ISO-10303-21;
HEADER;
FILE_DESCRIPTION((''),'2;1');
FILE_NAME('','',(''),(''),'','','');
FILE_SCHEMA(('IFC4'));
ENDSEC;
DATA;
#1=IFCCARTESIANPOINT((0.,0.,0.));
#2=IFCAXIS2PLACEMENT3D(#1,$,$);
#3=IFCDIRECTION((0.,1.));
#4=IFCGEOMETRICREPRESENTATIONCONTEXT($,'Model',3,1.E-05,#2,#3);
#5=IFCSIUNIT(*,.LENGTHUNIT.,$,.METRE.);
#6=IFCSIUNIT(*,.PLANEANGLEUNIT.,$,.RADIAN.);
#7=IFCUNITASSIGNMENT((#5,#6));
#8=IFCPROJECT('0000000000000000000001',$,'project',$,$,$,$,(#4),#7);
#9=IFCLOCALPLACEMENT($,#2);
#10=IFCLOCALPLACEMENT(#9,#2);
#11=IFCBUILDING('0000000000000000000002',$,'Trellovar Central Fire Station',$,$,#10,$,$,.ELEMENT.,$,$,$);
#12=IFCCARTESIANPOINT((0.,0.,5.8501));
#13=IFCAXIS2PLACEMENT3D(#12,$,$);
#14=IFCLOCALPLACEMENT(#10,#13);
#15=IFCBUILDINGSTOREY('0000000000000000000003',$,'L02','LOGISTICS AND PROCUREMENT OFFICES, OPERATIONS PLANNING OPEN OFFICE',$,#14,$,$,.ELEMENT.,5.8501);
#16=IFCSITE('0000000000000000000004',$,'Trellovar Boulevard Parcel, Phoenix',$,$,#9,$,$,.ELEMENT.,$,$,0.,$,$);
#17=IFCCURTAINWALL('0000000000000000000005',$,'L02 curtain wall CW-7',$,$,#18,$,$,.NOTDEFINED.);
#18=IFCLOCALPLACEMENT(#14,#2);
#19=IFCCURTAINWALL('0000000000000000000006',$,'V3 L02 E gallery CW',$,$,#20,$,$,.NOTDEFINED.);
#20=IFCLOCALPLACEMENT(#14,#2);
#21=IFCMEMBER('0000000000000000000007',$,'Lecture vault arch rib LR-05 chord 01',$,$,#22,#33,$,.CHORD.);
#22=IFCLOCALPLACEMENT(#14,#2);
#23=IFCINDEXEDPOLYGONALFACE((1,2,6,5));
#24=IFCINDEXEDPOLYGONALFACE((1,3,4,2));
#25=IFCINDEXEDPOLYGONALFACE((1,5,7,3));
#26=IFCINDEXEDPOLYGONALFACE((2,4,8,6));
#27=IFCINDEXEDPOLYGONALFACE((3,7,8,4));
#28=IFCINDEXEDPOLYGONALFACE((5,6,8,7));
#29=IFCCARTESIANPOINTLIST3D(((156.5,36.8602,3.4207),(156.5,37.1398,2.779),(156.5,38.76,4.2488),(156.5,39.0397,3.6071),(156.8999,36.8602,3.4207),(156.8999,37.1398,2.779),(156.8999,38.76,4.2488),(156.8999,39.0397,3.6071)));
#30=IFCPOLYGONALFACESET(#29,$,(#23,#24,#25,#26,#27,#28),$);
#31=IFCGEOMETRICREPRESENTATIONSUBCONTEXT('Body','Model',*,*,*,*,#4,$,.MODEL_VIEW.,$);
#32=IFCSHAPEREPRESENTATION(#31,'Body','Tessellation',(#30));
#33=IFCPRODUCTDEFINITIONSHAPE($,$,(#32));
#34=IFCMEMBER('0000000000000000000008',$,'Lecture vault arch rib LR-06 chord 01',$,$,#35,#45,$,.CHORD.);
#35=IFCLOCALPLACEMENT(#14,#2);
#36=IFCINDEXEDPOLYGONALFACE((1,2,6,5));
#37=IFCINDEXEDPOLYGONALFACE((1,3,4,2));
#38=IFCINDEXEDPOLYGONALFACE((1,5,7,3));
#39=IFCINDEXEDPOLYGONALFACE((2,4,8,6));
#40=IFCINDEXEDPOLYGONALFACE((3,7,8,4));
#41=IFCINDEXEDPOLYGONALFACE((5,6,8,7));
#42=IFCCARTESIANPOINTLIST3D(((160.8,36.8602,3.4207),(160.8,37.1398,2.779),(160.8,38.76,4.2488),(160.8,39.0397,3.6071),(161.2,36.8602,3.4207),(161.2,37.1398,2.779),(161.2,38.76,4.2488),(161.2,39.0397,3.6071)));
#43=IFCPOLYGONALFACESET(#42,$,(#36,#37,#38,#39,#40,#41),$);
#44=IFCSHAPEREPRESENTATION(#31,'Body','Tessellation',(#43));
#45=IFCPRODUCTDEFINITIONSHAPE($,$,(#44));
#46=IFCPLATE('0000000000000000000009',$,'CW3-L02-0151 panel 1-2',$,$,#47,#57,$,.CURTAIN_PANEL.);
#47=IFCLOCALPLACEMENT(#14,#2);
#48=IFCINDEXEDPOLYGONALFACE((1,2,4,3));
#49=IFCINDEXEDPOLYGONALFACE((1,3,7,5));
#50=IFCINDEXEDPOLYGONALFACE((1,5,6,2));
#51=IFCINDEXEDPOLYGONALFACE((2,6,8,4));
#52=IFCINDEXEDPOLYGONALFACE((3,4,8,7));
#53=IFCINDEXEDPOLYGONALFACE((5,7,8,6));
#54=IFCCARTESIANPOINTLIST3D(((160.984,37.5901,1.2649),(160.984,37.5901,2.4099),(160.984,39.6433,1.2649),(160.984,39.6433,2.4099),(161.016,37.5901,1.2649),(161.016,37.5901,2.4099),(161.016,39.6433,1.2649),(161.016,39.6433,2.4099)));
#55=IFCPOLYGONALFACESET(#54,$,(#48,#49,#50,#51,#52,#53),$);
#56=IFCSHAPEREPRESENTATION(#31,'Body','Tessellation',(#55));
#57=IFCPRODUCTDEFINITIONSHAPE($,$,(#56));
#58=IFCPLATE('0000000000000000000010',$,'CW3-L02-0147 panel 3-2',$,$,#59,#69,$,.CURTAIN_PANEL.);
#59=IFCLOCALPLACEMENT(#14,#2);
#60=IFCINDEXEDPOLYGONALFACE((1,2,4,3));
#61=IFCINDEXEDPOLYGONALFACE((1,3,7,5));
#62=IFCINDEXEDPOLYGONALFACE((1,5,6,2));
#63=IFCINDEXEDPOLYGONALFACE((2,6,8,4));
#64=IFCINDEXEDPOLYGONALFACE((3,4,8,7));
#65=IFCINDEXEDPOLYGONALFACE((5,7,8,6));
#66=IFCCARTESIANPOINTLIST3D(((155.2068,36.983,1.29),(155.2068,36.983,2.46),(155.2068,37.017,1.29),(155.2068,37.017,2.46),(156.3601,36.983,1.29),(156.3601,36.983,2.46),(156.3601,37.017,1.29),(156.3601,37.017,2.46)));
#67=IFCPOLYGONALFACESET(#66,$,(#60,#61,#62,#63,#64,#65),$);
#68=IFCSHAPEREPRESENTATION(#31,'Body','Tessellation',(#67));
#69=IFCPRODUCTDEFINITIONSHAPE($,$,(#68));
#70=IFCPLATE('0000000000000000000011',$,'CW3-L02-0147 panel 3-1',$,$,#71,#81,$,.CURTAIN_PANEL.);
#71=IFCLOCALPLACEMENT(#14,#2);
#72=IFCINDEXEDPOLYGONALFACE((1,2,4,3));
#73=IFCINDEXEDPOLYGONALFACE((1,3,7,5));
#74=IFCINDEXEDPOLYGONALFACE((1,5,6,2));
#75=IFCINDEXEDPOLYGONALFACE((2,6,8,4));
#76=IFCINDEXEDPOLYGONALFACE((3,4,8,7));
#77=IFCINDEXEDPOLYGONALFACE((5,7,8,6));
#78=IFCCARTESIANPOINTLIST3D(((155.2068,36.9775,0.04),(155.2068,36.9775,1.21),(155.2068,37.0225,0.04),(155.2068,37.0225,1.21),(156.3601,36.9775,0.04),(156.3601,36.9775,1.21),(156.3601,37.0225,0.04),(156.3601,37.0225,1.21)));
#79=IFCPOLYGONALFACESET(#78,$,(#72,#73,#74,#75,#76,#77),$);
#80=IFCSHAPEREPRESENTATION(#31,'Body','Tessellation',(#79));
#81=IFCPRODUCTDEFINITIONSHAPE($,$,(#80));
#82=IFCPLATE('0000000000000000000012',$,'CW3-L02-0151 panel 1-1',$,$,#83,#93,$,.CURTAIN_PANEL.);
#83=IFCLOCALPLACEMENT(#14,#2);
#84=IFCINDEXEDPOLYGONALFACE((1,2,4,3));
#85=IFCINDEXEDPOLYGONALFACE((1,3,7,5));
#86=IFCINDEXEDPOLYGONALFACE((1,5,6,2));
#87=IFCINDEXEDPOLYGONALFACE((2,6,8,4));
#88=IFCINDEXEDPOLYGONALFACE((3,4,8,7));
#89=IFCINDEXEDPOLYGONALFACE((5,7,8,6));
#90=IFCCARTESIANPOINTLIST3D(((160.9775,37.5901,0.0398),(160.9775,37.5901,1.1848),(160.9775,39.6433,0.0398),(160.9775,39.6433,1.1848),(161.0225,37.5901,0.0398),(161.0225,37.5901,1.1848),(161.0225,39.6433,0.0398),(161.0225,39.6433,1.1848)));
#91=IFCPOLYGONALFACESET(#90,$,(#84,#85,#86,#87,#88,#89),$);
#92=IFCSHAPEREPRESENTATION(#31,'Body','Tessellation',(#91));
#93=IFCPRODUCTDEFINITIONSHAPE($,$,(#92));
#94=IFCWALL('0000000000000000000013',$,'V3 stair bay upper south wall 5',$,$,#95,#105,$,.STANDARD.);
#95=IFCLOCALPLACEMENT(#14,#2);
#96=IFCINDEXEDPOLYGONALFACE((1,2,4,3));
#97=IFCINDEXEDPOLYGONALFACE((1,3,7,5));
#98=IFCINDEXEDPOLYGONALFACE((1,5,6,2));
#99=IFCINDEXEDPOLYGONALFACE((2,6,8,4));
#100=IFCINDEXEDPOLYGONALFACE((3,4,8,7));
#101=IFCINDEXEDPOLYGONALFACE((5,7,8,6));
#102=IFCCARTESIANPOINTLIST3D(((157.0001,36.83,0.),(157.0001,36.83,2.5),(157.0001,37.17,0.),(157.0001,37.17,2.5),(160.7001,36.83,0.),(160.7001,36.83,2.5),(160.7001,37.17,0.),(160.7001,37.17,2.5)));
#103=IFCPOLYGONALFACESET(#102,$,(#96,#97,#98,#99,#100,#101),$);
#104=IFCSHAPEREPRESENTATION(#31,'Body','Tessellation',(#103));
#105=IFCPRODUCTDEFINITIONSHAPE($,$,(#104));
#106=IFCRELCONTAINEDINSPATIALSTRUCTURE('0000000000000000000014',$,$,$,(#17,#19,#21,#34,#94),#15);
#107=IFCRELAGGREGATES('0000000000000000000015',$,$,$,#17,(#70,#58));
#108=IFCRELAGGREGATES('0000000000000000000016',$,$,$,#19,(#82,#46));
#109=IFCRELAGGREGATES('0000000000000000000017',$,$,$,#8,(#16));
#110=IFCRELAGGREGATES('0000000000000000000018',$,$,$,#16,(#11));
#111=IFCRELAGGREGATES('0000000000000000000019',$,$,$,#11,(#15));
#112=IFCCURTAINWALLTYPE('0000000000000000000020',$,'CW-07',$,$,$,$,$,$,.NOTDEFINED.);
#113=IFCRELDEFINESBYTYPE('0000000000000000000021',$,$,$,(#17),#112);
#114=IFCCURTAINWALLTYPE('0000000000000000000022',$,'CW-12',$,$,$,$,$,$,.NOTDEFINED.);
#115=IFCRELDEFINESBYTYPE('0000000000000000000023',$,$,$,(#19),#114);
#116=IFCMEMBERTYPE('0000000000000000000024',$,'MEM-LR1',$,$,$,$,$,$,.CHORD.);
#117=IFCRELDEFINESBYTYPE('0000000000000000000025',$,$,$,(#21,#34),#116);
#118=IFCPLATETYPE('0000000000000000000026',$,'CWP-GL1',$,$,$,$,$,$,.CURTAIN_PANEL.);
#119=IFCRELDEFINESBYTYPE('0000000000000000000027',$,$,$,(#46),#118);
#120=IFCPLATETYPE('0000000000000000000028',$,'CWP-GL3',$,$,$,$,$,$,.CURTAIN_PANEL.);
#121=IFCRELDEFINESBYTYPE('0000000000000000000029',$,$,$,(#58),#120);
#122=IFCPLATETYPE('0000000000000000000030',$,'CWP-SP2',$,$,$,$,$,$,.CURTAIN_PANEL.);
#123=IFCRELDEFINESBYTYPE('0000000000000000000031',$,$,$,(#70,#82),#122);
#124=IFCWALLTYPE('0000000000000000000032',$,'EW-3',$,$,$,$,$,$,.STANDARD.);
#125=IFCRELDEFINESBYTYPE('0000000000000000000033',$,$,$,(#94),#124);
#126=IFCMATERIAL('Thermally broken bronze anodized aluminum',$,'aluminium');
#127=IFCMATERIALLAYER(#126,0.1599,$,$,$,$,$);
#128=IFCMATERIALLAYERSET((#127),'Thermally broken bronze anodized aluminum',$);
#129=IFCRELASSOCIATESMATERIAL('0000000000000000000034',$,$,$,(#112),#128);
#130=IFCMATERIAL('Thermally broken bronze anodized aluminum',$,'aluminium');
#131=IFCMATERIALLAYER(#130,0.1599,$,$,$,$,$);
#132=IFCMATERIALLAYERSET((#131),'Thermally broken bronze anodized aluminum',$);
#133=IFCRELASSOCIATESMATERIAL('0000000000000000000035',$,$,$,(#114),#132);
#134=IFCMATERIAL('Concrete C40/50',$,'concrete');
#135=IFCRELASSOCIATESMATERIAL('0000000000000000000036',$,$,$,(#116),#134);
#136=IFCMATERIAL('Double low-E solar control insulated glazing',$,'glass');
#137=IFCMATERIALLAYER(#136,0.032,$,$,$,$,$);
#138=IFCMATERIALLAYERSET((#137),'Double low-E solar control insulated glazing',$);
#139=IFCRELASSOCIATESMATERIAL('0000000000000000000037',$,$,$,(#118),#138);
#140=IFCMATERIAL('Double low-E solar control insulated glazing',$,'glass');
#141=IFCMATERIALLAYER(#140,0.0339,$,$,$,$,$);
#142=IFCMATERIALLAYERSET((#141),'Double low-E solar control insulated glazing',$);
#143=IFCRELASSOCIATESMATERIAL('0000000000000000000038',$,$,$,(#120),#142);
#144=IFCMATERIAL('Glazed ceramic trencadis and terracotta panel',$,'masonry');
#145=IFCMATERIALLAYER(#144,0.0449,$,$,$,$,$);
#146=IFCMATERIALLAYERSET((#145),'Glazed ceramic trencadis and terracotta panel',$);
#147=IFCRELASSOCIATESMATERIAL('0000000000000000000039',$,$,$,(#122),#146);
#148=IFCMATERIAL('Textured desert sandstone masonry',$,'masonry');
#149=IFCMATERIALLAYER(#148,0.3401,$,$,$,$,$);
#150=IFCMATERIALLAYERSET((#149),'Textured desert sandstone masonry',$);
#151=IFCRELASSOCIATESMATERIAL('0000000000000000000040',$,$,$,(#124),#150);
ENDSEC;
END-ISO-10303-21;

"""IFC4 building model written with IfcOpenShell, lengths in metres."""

from ifc_helpers import new_model, si_unit, direction, frame, frame_2d, origin, origin_2d, place, context, subcontext, project, spatial, rectangle, extrude, material, layer, layer_set, material_profile, profile_set, type_object, element, aggregate, save


model = new_model("IFC4")

# Units and contexts
model_context = context("Model", 3, precision=1e-05, world=origin(), true_north=direction((0.0, 1.0)))
body_context = subcontext(model_context, "Body", "Model", "MODEL_VIEW")
ifc_project = project(units=[si_unit("LENGTHUNIT", "METRE"), si_unit("PLANEANGLEUNIT", "RADIAN")], contexts=[model_context])

# Site, building, storey
site_placement = place(None, origin())
site = spatial("IfcSite", under=ifc_project, at=site_placement, Name="Trellovar Boulevard Parcel, Phoenix", CompositionType="ELEMENT", RefElevation=0.0)
building_placement = place(site_placement, origin())
building = spatial("IfcBuilding", under=site, at=building_placement, Name="Trellovar Central Fire Station", CompositionType="ELEMENT")
storey_placement = place(building_placement, frame((0.0, 0.0, 5.8501)))
storey = spatial("IfcBuildingStorey", under=building, at=storey_placement, Name="L02", Description="LOGISTICS AND PROCUREMENT OFFICES, OPERATIONS PLANNING OPEN OFFICE", CompositionType="ELEMENT", Elevation=5.8501)

# Curtain wall
ifc_material_1 = material(Name="Thermally broken bronze anodized aluminum", Category="aluminium")
ifc_layer_1 = layer(ifc_material_1, 0.1599)
ifc_layer_set_1 = layer_set([ifc_layer_1], Name="Thermally broken bronze anodized aluminum")
curtain_wall_type_1 = type_object("IfcCurtainWallType", Name="CW-07", PredefinedType="NOTDEFINED", material=ifc_layer_set_1)
curtain_wall_1_placement = place(storey_placement, origin())
curtain_wall_1 = element("IfcCurtainWall", 1, at=curtain_wall_1_placement, inside=storey, type_object=curtain_wall_type_1, Name="L02 curtain wall CW-7", PredefinedType="NOTDEFINED")

# Curtain wall
ifc_material_2 = material(Name="Thermally broken bronze anodized aluminum", Category="aluminium")
ifc_layer_2 = layer(ifc_material_2, 0.1599)
ifc_layer_set_2 = layer_set([ifc_layer_2], Name="Thermally broken bronze anodized aluminum")
curtain_wall_type_2 = type_object("IfcCurtainWallType", Name="CW-12", PredefinedType="NOTDEFINED", material=ifc_layer_set_2)
curtain_wall_2_placement = place(storey_placement, origin())
curtain_wall_2 = element("IfcCurtainWall", 2, at=curtain_wall_2_placement, inside=storey, type_object=curtain_wall_type_2, Name="V3 L02 E gallery CW", PredefinedType="NOTDEFINED")

# Members
ifc_material_3 = material(Name="Concrete C40/50", Category="concrete")
ifc_material_profile_1 = material_profile(ifc_material_3, rectangle(XDim=0.3999, YDim=0.7, at=origin_2d()), Name="RC400X700")
ifc_profile_set_1 = profile_set([ifc_material_profile_1], Name="Concrete C40/50")
member_type_1 = type_object("IfcMemberType", Name="MEM-LR1", PredefinedType="CHORD", material=ifc_profile_set_1)
for number, where, z_axis, x_axis, name in (
    (3, (156.7, 37.0, 3.0999), (0.0, 0.916703, 0.39957), (-1.0, 0.0, 0.0), "Lecture vault arch rib LR-05 chord 01"),
    (4, (161.0, 37.0, 3.0999), (0.0, 0.916703, 0.39957), (-1.0, 0.0, 0.0), "Lecture vault arch rib LR-06 chord 01"),
):
    element("IfcMember", number, at=place(storey_placement, frame(where, z_axis=z_axis, x_axis=x_axis)), inside=storey, type_object=member_type_1, Name=name, PredefinedType="CHORD", context=body_context, shape_type="SweptSolid", body=[
        extrude(rectangle(XDim=0.3999, YDim=0.7, at=origin_2d()), origin(), (0.0, 0.0, 1.0), 2.0725),
    ])

# Plates
ifc_material_4 = material(Name="Double low-E solar control insulated glazing", Category="glass")
ifc_layer_3 = layer(ifc_material_4, 0.032)
ifc_layer_set_3 = layer_set([ifc_layer_3], Name="Double low-E solar control insulated glazing")
plate_type_1 = type_object("IfcPlateType", Name="CWP-GL1", PredefinedType="CURTAIN_PANEL", material=ifc_layer_set_3)
plate_1_placement = place(storey_placement, frame((161.0, 38.6167, 1.2649), z_axis=(0.0, 0.0, 1.0), x_axis=(0.0, 1.0, 0.0)))
plate_1 = element("IfcPlate", 5, at=plate_1_placement, type_object=plate_type_1, Name="CW3-L02-0151 panel 1-2", PredefinedType="CURTAIN_PANEL", context=body_context, shape_type="SweptSolid", body=[
    extrude(rectangle(XDim=2.0532, YDim=0.032, at=origin_2d()), origin(), (0.0, 0.0, 1.0), 1.145),
])
ifc_material_5 = material(Name="Double low-E solar control insulated glazing", Category="glass")
ifc_layer_4 = layer(ifc_material_5, 0.0339)
ifc_layer_set_4 = layer_set([ifc_layer_4], Name="Double low-E solar control insulated glazing")
plate_type_2 = type_object("IfcPlateType", Name="CWP-GL3", PredefinedType="CURTAIN_PANEL", material=ifc_layer_set_4)
plate_2_placement = place(storey_placement, frame((155.7834, 37.0, 1.29), z_axis=(0.0, 0.0, 1.0), x_axis=(1.0, 0.0, 0.0)))
plate_2 = element("IfcPlate", 6, at=plate_2_placement, type_object=plate_type_2, Name="CW3-L02-0147 panel 3-2", PredefinedType="CURTAIN_PANEL", context=body_context, shape_type="SweptSolid", body=[
    extrude(rectangle(XDim=1.1533, YDim=0.0339, at=origin_2d()), origin(), (0.0, 0.0, 1.0), 1.1699),
])
ifc_material_6 = material(Name="Glazed ceramic trencadis and terracotta panel", Category="masonry")
ifc_layer_5 = layer(ifc_material_6, 0.0449)
ifc_layer_set_5 = layer_set([ifc_layer_5], Name="Glazed ceramic trencadis and terracotta panel")
plate_type_3 = type_object("IfcPlateType", Name="CWP-SP2", PredefinedType="CURTAIN_PANEL", material=ifc_layer_set_5)
plate_3_placement = place(storey_placement, frame((155.7834, 37.0, 0.04), z_axis=(0.0, 0.0, 1.0), x_axis=(1.0, 0.0, 0.0)))
plate_3 = element("IfcPlate", 7, at=plate_3_placement, type_object=plate_type_3, Name="CW3-L02-0147 panel 3-1", PredefinedType="CURTAIN_PANEL", context=body_context, shape_type="SweptSolid", body=[
    extrude(rectangle(XDim=1.1533, YDim=0.0449, at=origin_2d()), origin(), (0.0, 0.0, 1.0), 1.1699),
])
aggregate(curtain_wall_1, [plate_3, plate_2])
plate_4_placement = place(storey_placement, frame((161.0, 38.6167, 0.0398), z_axis=(0.0, 0.0, 1.0), x_axis=(0.0, 1.0, 0.0)))
plate_4 = element("IfcPlate", 8, at=plate_4_placement, type_object=plate_type_3, Name="CW3-L02-0151 panel 1-1", PredefinedType="CURTAIN_PANEL", context=body_context, shape_type="SweptSolid", body=[
    extrude(rectangle(XDim=2.0532, YDim=0.0449, at=origin_2d()), origin(), (0.0, 0.0, 1.0), 1.145),
])
aggregate(curtain_wall_2, [plate_4, plate_1])

# Wall
ifc_material_7 = material(Name="Textured desert sandstone masonry", Category="masonry")
ifc_layer_6 = layer(ifc_material_7, 0.3401)
ifc_layer_set_6 = layer_set([ifc_layer_6], Name="Textured desert sandstone masonry")
wall_type = type_object("IfcWallType", Name="EW-3", PredefinedType="STANDARD", material=ifc_layer_set_6)
wall_placement = place(storey_placement, frame((157.0, 37.0, 0.0), z_axis=(0.0, 0.0, 1.0), x_axis=(1.0, 0.0, 0.0)))
element("IfcWall", 9, at=wall_placement, inside=storey, type_object=wall_type, Name="V3 stair bay upper south wall 5", PredefinedType="STANDARD", context=body_context, shape_type="SweptSolid", body=[
    extrude(rectangle(XDim=3.7, YDim=0.3401, at=frame_2d((1.8501, 0.0))), origin(), (0.0, 0.0, 1.0), 2.5),
])

save(model, "model.ifc")
